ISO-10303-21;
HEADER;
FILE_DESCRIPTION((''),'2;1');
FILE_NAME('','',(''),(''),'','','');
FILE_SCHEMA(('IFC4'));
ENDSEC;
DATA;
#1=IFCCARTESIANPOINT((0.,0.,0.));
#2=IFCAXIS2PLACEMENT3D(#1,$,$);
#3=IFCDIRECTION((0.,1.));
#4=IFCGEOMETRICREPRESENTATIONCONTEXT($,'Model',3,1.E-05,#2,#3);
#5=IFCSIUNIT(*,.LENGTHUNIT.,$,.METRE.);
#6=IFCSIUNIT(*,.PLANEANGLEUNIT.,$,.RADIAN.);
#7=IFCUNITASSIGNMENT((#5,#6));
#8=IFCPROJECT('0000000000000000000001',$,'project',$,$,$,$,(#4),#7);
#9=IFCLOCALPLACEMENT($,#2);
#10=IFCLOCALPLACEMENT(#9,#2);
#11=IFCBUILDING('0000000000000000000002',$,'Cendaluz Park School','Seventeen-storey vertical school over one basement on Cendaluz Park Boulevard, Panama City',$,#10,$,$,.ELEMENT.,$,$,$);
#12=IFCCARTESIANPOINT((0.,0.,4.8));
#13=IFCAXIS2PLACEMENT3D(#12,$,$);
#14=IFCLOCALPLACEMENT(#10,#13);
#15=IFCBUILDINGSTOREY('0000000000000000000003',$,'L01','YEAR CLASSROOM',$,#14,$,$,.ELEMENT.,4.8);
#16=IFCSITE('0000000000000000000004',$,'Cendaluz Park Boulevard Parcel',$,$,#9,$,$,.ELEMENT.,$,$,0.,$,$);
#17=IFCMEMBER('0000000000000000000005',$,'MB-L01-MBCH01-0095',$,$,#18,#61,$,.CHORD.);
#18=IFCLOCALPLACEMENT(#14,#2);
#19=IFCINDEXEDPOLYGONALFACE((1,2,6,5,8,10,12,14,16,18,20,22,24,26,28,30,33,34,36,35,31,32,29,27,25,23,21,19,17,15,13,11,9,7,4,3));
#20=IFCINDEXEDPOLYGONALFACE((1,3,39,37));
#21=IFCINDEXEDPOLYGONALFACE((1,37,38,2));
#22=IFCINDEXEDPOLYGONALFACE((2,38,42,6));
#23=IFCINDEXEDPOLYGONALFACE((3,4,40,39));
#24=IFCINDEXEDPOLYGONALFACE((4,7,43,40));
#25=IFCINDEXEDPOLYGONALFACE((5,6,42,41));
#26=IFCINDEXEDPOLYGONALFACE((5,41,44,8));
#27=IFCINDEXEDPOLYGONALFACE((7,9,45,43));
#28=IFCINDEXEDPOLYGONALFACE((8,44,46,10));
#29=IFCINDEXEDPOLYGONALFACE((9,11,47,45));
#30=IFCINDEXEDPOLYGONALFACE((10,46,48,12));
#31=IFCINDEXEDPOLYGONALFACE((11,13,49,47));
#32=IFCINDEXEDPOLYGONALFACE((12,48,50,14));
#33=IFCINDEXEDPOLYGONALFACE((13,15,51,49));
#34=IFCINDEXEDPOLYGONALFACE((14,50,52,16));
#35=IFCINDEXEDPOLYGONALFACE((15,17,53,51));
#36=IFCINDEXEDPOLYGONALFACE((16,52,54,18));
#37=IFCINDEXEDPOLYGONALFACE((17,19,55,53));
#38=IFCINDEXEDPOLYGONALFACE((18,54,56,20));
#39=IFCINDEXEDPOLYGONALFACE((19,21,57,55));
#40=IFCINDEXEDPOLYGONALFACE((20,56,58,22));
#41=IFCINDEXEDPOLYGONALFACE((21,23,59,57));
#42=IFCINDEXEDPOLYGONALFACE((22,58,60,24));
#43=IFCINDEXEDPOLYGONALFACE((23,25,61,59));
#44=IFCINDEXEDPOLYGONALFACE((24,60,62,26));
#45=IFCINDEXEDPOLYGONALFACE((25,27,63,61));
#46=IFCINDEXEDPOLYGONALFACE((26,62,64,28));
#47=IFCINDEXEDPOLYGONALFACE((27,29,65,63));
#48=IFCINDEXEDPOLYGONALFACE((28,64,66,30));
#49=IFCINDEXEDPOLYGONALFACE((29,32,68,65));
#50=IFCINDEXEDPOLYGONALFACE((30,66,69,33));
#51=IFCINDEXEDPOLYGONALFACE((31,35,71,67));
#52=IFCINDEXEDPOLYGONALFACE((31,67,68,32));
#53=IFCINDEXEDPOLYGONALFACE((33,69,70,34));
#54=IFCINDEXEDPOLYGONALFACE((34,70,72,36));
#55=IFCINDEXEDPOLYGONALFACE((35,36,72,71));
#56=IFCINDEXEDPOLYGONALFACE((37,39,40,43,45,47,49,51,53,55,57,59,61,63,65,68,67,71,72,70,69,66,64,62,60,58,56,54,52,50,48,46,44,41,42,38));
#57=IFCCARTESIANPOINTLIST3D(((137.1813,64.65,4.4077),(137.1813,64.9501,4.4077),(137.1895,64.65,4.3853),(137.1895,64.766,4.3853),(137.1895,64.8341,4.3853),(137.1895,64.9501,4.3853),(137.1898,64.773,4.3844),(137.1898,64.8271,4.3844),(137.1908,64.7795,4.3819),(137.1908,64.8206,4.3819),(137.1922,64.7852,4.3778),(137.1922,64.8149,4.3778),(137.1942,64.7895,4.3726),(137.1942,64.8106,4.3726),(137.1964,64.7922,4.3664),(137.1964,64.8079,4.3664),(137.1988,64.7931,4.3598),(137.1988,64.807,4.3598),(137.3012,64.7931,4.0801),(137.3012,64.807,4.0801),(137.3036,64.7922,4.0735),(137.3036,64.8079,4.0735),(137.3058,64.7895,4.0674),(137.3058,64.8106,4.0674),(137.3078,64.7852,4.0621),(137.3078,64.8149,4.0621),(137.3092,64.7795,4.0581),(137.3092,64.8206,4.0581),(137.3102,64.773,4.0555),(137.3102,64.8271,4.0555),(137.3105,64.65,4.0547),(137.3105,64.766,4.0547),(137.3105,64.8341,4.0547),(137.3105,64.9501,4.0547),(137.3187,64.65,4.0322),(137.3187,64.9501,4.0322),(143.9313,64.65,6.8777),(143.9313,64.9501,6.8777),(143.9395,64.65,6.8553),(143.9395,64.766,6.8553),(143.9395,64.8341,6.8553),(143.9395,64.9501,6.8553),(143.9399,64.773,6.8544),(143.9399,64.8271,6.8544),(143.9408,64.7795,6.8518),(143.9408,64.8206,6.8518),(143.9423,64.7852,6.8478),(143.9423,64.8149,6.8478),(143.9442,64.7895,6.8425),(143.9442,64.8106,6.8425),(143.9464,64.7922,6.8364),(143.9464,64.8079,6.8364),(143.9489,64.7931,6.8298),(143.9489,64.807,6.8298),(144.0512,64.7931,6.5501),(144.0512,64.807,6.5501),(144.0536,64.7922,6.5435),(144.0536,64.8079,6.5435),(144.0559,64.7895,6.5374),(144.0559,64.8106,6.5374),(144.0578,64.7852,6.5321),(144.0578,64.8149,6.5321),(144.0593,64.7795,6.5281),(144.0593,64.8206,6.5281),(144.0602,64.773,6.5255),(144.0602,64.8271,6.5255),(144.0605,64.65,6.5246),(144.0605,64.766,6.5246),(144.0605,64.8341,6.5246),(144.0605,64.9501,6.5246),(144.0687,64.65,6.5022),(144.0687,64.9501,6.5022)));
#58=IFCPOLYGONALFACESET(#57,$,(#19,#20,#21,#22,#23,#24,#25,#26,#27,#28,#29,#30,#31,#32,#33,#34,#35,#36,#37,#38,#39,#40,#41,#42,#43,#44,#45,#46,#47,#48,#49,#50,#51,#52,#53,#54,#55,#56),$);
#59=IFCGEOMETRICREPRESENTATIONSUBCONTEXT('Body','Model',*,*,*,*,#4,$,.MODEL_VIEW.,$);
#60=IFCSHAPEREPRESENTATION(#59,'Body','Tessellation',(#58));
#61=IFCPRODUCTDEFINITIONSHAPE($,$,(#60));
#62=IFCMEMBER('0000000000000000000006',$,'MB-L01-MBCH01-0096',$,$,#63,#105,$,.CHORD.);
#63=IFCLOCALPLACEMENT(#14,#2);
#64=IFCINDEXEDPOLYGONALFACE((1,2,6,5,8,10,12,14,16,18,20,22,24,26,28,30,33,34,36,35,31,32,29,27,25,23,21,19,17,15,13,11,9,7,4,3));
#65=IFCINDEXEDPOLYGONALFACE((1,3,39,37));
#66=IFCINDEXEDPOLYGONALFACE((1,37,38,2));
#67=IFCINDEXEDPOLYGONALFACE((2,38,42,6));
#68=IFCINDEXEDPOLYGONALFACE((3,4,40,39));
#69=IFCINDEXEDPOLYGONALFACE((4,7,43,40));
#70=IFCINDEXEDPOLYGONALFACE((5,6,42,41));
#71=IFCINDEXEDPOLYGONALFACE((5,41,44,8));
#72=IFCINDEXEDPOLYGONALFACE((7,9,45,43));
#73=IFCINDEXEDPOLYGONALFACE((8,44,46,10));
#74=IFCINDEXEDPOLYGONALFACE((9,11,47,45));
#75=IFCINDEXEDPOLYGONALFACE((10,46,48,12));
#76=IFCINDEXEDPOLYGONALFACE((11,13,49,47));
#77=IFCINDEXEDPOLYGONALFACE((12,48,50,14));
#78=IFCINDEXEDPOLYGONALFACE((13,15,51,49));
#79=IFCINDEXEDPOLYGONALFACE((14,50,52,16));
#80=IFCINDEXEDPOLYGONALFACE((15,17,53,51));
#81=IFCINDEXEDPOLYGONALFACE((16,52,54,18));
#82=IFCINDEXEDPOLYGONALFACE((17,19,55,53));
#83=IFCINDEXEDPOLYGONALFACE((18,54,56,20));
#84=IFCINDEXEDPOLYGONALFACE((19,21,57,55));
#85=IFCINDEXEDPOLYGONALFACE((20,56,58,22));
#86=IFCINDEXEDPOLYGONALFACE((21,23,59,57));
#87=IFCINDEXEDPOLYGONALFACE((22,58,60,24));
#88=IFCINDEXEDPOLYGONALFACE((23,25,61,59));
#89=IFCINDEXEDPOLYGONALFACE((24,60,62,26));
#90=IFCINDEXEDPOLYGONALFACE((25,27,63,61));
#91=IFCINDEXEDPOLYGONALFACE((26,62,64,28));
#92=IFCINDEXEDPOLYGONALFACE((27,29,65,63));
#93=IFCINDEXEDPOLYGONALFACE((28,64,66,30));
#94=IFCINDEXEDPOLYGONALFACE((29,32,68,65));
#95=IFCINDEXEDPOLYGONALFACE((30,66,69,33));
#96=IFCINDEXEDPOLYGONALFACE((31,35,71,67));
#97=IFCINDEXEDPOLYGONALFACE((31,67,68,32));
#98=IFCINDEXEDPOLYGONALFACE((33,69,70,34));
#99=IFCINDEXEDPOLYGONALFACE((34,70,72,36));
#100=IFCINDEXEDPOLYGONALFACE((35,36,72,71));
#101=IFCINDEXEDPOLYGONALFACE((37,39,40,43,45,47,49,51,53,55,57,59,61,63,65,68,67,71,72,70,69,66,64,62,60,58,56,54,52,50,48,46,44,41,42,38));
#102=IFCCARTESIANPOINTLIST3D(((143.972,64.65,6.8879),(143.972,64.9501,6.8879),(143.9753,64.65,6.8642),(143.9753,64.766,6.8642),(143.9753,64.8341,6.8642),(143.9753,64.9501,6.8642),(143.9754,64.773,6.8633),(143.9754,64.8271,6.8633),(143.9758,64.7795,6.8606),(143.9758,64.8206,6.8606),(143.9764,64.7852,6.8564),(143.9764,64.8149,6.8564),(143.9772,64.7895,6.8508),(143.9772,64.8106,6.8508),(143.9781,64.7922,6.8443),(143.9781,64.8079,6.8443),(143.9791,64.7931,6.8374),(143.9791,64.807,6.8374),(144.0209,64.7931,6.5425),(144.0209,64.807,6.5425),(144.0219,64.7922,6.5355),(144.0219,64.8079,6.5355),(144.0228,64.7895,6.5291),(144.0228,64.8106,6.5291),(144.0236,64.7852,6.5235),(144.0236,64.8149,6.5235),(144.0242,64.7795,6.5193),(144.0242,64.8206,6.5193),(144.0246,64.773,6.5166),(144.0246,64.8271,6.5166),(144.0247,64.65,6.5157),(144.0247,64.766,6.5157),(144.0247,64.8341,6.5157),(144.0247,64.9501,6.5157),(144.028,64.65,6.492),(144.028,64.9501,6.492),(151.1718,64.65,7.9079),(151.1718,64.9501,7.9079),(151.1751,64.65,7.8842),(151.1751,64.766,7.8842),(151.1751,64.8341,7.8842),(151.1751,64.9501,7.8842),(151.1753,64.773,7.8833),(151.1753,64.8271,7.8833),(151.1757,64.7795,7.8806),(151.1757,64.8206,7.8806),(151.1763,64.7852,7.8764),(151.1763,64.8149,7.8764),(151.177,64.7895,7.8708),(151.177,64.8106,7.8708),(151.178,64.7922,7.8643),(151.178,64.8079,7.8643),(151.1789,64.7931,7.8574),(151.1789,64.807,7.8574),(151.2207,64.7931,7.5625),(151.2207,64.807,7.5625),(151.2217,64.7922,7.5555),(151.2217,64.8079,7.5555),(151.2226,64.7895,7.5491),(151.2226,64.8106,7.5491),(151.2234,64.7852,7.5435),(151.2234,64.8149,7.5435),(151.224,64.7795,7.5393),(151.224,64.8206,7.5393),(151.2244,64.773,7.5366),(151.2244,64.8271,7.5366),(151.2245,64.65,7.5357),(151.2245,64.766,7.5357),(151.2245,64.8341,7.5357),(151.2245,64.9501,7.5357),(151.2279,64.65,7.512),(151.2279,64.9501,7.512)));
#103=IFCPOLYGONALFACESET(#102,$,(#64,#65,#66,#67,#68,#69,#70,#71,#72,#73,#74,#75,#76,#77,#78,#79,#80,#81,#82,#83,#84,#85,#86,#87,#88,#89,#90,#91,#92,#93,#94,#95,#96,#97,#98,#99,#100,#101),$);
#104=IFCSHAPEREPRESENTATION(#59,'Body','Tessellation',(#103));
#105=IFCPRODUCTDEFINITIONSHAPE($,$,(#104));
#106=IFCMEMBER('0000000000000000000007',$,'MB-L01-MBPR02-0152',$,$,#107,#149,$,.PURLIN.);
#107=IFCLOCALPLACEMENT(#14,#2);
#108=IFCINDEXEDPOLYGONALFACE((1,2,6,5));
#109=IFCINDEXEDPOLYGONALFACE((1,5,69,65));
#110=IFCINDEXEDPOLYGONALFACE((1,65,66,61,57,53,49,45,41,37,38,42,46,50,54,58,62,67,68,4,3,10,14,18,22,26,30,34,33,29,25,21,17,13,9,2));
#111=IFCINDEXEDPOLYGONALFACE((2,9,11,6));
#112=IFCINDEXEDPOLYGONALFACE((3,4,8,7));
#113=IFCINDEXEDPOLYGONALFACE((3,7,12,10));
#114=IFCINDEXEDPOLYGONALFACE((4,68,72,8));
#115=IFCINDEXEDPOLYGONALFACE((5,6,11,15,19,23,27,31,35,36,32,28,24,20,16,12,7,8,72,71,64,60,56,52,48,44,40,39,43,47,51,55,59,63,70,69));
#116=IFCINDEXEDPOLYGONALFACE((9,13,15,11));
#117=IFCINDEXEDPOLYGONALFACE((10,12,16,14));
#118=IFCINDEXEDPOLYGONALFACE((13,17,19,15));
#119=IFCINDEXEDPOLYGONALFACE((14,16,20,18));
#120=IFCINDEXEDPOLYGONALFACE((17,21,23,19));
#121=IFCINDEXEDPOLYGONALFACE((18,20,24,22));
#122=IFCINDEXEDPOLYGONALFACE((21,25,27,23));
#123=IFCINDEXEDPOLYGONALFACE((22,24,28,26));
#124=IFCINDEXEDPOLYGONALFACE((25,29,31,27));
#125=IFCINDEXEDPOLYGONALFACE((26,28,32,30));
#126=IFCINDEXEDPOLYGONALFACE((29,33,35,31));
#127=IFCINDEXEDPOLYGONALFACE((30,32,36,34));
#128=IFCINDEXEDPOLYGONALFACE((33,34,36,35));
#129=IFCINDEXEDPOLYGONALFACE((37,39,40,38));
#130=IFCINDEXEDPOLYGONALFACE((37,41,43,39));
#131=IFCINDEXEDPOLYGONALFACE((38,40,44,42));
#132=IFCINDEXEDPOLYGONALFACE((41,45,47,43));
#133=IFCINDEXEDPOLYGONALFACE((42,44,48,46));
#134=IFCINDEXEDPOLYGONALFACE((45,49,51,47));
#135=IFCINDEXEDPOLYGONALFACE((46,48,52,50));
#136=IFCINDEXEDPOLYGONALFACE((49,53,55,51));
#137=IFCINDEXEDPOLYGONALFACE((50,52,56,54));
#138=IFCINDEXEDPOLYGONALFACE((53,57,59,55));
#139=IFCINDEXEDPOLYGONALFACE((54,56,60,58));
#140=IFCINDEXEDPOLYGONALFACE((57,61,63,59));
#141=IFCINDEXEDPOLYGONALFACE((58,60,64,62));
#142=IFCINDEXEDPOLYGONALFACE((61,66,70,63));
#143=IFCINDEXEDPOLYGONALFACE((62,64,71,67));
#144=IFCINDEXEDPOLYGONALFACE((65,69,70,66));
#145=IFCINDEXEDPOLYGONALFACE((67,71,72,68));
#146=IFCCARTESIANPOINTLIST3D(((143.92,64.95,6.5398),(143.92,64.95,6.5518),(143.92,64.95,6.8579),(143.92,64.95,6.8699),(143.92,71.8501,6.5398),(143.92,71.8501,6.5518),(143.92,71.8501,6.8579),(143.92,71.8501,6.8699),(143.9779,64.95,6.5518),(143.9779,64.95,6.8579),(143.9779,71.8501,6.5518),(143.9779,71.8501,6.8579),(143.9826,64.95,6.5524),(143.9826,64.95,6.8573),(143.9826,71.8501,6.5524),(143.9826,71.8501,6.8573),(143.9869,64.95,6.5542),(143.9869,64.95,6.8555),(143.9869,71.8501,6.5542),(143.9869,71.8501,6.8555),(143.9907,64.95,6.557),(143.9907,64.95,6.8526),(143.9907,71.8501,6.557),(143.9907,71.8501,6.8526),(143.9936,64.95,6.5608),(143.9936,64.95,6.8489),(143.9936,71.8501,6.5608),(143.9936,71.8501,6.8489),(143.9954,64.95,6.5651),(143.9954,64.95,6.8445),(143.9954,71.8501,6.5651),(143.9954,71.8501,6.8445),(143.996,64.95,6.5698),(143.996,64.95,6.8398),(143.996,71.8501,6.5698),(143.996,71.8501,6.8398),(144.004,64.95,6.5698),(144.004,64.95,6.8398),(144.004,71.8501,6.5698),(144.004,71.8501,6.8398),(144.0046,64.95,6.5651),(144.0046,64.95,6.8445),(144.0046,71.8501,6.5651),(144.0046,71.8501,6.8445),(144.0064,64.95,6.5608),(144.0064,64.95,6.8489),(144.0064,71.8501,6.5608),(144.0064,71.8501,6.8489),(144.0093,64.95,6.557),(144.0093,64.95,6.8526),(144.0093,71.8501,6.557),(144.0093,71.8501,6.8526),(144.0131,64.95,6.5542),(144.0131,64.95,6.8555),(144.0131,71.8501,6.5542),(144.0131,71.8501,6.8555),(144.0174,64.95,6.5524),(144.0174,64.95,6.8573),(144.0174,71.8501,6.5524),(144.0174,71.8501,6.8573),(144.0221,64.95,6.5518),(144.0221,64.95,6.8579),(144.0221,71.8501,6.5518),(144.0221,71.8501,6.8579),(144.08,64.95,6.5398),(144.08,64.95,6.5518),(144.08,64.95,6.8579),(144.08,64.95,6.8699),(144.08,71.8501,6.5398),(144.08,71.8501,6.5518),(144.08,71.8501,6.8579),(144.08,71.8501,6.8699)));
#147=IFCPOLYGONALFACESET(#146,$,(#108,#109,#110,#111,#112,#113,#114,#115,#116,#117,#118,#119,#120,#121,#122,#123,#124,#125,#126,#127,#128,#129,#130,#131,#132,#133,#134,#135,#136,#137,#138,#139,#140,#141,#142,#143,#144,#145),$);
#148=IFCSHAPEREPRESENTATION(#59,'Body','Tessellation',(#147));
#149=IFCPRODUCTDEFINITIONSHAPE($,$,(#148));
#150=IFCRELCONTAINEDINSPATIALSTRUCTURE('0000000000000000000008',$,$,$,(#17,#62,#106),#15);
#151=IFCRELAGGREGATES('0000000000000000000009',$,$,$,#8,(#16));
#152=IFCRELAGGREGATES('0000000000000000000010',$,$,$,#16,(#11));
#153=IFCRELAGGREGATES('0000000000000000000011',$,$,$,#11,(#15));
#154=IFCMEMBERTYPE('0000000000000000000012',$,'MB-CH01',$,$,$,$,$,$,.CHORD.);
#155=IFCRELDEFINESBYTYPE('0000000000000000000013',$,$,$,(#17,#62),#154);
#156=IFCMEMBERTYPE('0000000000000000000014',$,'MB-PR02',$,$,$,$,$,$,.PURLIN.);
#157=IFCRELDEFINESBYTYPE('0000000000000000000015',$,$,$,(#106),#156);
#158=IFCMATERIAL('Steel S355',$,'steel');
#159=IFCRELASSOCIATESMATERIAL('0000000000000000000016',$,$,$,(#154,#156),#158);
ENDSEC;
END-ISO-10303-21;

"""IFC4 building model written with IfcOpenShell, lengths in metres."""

from ifc_helpers import new_model, si_unit, direction, frame, origin, origin_2d, place, context, subcontext, project, spatial, i_section, extrude, material, material_profile, profile_set, type_object, element, save


model = new_model("IFC4")

# Units and contexts
model_context = context("Model", 3, precision=1e-05, world=origin(), true_north=direction((0.0, 1.0)))
body_context = subcontext(model_context, "Body", "Model", "MODEL_VIEW")
ifc_project = project(units=[si_unit("LENGTHUNIT", "METRE"), si_unit("PLANEANGLEUNIT", "RADIAN")], contexts=[model_context])

# Site, building, storey
site_placement = place(None, origin())
site = spatial("IfcSite", under=ifc_project, at=site_placement, Name="Cendaluz Park Boulevard Parcel", CompositionType="ELEMENT", RefElevation=0.0)
building_placement = place(site_placement, origin())
building = spatial("IfcBuilding", under=site, at=building_placement, Name="Cendaluz Park School", Description="Seventeen-storey vertical school over one basement on Cendaluz Park Boulevard, Panama City", CompositionType="ELEMENT")
storey_placement = place(building_placement, frame((0.0, 0.0, 4.8)))
storey = spatial("IfcBuildingStorey", under=building, at=storey_placement, Name="L01", Description="YEAR CLASSROOM", CompositionType="ELEMENT", Elevation=4.8)

# Shared definitions
ifc_material_1 = material(Name="Steel S355", Category="steel")

# Members
ifc_material_profile_1 = material_profile(ifc_material_1, i_section(OverallWidth=0.3, OverallDepth=0.3999, WebThickness=0.0139, FlangeThickness=0.0239, FilletRadius=0.0271, at=origin_2d()), Name="HEB 400", Category="steel")
ifc_profile_set_1 = profile_set([ifc_material_profile_1], Name="Steel S355")
member_type_1 = type_object("IfcMemberType", Name="MB-CH01", PredefinedType="CHORD", material=ifc_profile_set_1)
member_1_placement = place(storey_placement, frame((137.25, 64.8, 4.22), z_axis=(0.939102, 0.0, 0.343638), x_axis=(0.0, 1.0, 0.0)))
element("IfcMember", 1, at=member_1_placement, inside=storey, type_object=member_type_1, Name="MB-L01-MBCH01-0095", PredefinedType="CHORD", context=body_context, shape_type="SweptSolid", body=[
    extrude(i_section(OverallWidth=0.3, OverallDepth=0.3999, WebThickness=0.0139, FlangeThickness=0.0239, FilletRadius=0.0271, at=origin_2d()), origin(), (0.0, 0.0, 1.0), 7.1877),
])
member_2_placement = place(storey_placement, frame((144.0, 64.8, 6.6899), z_axis=(0.990113, 0.0, 0.14027), x_axis=(0.0, 1.0, 0.0)))
element("IfcMember", 2, at=member_2_placement, inside=storey, type_object=member_type_1, Name="MB-L01-MBCH01-0096", PredefinedType="CHORD", context=body_context, shape_type="SweptSolid", body=[
    extrude(i_section(OverallWidth=0.3, OverallDepth=0.3999, WebThickness=0.0139, FlangeThickness=0.0239, FilletRadius=0.0271, at=origin_2d()), origin(), (0.0, 0.0, 1.0), 7.2717),
])
ifc_material_profile_2 = material_profile(ifc_material_1, i_section(OverallWidth=0.1599, OverallDepth=0.3301, WebThickness=0.0081, FlangeThickness=0.012, FilletRadius=0.0181, at=origin_2d()), Name="IPE 330", Category="steel")
ifc_profile_set_2 = profile_set([ifc_material_profile_2], Name="Steel S355")
member_type_2 = type_object("IfcMemberType", Name="MB-PR02", PredefinedType="PURLIN", material=ifc_profile_set_2)
member_3_placement = place(storey_placement, frame((144.0, 64.95, 6.7048), z_axis=(0.0, 1.0, 0.0), x_axis=(-1.0, 0.0, 0.0)))
element("IfcMember", 3, at=member_3_placement, inside=storey, type_object=member_type_2, Name="MB-L01-MBPR02-0152", PredefinedType="PURLIN", context=body_context, shape_type="SweptSolid", body=[
    extrude(i_section(OverallWidth=0.1599, OverallDepth=0.3301, WebThickness=0.0081, FlangeThickness=0.012, FilletRadius=0.0181, at=origin_2d()), origin(), (0.0, 0.0, 1.0), 6.9001),
])

save(model, "model.ifc")
